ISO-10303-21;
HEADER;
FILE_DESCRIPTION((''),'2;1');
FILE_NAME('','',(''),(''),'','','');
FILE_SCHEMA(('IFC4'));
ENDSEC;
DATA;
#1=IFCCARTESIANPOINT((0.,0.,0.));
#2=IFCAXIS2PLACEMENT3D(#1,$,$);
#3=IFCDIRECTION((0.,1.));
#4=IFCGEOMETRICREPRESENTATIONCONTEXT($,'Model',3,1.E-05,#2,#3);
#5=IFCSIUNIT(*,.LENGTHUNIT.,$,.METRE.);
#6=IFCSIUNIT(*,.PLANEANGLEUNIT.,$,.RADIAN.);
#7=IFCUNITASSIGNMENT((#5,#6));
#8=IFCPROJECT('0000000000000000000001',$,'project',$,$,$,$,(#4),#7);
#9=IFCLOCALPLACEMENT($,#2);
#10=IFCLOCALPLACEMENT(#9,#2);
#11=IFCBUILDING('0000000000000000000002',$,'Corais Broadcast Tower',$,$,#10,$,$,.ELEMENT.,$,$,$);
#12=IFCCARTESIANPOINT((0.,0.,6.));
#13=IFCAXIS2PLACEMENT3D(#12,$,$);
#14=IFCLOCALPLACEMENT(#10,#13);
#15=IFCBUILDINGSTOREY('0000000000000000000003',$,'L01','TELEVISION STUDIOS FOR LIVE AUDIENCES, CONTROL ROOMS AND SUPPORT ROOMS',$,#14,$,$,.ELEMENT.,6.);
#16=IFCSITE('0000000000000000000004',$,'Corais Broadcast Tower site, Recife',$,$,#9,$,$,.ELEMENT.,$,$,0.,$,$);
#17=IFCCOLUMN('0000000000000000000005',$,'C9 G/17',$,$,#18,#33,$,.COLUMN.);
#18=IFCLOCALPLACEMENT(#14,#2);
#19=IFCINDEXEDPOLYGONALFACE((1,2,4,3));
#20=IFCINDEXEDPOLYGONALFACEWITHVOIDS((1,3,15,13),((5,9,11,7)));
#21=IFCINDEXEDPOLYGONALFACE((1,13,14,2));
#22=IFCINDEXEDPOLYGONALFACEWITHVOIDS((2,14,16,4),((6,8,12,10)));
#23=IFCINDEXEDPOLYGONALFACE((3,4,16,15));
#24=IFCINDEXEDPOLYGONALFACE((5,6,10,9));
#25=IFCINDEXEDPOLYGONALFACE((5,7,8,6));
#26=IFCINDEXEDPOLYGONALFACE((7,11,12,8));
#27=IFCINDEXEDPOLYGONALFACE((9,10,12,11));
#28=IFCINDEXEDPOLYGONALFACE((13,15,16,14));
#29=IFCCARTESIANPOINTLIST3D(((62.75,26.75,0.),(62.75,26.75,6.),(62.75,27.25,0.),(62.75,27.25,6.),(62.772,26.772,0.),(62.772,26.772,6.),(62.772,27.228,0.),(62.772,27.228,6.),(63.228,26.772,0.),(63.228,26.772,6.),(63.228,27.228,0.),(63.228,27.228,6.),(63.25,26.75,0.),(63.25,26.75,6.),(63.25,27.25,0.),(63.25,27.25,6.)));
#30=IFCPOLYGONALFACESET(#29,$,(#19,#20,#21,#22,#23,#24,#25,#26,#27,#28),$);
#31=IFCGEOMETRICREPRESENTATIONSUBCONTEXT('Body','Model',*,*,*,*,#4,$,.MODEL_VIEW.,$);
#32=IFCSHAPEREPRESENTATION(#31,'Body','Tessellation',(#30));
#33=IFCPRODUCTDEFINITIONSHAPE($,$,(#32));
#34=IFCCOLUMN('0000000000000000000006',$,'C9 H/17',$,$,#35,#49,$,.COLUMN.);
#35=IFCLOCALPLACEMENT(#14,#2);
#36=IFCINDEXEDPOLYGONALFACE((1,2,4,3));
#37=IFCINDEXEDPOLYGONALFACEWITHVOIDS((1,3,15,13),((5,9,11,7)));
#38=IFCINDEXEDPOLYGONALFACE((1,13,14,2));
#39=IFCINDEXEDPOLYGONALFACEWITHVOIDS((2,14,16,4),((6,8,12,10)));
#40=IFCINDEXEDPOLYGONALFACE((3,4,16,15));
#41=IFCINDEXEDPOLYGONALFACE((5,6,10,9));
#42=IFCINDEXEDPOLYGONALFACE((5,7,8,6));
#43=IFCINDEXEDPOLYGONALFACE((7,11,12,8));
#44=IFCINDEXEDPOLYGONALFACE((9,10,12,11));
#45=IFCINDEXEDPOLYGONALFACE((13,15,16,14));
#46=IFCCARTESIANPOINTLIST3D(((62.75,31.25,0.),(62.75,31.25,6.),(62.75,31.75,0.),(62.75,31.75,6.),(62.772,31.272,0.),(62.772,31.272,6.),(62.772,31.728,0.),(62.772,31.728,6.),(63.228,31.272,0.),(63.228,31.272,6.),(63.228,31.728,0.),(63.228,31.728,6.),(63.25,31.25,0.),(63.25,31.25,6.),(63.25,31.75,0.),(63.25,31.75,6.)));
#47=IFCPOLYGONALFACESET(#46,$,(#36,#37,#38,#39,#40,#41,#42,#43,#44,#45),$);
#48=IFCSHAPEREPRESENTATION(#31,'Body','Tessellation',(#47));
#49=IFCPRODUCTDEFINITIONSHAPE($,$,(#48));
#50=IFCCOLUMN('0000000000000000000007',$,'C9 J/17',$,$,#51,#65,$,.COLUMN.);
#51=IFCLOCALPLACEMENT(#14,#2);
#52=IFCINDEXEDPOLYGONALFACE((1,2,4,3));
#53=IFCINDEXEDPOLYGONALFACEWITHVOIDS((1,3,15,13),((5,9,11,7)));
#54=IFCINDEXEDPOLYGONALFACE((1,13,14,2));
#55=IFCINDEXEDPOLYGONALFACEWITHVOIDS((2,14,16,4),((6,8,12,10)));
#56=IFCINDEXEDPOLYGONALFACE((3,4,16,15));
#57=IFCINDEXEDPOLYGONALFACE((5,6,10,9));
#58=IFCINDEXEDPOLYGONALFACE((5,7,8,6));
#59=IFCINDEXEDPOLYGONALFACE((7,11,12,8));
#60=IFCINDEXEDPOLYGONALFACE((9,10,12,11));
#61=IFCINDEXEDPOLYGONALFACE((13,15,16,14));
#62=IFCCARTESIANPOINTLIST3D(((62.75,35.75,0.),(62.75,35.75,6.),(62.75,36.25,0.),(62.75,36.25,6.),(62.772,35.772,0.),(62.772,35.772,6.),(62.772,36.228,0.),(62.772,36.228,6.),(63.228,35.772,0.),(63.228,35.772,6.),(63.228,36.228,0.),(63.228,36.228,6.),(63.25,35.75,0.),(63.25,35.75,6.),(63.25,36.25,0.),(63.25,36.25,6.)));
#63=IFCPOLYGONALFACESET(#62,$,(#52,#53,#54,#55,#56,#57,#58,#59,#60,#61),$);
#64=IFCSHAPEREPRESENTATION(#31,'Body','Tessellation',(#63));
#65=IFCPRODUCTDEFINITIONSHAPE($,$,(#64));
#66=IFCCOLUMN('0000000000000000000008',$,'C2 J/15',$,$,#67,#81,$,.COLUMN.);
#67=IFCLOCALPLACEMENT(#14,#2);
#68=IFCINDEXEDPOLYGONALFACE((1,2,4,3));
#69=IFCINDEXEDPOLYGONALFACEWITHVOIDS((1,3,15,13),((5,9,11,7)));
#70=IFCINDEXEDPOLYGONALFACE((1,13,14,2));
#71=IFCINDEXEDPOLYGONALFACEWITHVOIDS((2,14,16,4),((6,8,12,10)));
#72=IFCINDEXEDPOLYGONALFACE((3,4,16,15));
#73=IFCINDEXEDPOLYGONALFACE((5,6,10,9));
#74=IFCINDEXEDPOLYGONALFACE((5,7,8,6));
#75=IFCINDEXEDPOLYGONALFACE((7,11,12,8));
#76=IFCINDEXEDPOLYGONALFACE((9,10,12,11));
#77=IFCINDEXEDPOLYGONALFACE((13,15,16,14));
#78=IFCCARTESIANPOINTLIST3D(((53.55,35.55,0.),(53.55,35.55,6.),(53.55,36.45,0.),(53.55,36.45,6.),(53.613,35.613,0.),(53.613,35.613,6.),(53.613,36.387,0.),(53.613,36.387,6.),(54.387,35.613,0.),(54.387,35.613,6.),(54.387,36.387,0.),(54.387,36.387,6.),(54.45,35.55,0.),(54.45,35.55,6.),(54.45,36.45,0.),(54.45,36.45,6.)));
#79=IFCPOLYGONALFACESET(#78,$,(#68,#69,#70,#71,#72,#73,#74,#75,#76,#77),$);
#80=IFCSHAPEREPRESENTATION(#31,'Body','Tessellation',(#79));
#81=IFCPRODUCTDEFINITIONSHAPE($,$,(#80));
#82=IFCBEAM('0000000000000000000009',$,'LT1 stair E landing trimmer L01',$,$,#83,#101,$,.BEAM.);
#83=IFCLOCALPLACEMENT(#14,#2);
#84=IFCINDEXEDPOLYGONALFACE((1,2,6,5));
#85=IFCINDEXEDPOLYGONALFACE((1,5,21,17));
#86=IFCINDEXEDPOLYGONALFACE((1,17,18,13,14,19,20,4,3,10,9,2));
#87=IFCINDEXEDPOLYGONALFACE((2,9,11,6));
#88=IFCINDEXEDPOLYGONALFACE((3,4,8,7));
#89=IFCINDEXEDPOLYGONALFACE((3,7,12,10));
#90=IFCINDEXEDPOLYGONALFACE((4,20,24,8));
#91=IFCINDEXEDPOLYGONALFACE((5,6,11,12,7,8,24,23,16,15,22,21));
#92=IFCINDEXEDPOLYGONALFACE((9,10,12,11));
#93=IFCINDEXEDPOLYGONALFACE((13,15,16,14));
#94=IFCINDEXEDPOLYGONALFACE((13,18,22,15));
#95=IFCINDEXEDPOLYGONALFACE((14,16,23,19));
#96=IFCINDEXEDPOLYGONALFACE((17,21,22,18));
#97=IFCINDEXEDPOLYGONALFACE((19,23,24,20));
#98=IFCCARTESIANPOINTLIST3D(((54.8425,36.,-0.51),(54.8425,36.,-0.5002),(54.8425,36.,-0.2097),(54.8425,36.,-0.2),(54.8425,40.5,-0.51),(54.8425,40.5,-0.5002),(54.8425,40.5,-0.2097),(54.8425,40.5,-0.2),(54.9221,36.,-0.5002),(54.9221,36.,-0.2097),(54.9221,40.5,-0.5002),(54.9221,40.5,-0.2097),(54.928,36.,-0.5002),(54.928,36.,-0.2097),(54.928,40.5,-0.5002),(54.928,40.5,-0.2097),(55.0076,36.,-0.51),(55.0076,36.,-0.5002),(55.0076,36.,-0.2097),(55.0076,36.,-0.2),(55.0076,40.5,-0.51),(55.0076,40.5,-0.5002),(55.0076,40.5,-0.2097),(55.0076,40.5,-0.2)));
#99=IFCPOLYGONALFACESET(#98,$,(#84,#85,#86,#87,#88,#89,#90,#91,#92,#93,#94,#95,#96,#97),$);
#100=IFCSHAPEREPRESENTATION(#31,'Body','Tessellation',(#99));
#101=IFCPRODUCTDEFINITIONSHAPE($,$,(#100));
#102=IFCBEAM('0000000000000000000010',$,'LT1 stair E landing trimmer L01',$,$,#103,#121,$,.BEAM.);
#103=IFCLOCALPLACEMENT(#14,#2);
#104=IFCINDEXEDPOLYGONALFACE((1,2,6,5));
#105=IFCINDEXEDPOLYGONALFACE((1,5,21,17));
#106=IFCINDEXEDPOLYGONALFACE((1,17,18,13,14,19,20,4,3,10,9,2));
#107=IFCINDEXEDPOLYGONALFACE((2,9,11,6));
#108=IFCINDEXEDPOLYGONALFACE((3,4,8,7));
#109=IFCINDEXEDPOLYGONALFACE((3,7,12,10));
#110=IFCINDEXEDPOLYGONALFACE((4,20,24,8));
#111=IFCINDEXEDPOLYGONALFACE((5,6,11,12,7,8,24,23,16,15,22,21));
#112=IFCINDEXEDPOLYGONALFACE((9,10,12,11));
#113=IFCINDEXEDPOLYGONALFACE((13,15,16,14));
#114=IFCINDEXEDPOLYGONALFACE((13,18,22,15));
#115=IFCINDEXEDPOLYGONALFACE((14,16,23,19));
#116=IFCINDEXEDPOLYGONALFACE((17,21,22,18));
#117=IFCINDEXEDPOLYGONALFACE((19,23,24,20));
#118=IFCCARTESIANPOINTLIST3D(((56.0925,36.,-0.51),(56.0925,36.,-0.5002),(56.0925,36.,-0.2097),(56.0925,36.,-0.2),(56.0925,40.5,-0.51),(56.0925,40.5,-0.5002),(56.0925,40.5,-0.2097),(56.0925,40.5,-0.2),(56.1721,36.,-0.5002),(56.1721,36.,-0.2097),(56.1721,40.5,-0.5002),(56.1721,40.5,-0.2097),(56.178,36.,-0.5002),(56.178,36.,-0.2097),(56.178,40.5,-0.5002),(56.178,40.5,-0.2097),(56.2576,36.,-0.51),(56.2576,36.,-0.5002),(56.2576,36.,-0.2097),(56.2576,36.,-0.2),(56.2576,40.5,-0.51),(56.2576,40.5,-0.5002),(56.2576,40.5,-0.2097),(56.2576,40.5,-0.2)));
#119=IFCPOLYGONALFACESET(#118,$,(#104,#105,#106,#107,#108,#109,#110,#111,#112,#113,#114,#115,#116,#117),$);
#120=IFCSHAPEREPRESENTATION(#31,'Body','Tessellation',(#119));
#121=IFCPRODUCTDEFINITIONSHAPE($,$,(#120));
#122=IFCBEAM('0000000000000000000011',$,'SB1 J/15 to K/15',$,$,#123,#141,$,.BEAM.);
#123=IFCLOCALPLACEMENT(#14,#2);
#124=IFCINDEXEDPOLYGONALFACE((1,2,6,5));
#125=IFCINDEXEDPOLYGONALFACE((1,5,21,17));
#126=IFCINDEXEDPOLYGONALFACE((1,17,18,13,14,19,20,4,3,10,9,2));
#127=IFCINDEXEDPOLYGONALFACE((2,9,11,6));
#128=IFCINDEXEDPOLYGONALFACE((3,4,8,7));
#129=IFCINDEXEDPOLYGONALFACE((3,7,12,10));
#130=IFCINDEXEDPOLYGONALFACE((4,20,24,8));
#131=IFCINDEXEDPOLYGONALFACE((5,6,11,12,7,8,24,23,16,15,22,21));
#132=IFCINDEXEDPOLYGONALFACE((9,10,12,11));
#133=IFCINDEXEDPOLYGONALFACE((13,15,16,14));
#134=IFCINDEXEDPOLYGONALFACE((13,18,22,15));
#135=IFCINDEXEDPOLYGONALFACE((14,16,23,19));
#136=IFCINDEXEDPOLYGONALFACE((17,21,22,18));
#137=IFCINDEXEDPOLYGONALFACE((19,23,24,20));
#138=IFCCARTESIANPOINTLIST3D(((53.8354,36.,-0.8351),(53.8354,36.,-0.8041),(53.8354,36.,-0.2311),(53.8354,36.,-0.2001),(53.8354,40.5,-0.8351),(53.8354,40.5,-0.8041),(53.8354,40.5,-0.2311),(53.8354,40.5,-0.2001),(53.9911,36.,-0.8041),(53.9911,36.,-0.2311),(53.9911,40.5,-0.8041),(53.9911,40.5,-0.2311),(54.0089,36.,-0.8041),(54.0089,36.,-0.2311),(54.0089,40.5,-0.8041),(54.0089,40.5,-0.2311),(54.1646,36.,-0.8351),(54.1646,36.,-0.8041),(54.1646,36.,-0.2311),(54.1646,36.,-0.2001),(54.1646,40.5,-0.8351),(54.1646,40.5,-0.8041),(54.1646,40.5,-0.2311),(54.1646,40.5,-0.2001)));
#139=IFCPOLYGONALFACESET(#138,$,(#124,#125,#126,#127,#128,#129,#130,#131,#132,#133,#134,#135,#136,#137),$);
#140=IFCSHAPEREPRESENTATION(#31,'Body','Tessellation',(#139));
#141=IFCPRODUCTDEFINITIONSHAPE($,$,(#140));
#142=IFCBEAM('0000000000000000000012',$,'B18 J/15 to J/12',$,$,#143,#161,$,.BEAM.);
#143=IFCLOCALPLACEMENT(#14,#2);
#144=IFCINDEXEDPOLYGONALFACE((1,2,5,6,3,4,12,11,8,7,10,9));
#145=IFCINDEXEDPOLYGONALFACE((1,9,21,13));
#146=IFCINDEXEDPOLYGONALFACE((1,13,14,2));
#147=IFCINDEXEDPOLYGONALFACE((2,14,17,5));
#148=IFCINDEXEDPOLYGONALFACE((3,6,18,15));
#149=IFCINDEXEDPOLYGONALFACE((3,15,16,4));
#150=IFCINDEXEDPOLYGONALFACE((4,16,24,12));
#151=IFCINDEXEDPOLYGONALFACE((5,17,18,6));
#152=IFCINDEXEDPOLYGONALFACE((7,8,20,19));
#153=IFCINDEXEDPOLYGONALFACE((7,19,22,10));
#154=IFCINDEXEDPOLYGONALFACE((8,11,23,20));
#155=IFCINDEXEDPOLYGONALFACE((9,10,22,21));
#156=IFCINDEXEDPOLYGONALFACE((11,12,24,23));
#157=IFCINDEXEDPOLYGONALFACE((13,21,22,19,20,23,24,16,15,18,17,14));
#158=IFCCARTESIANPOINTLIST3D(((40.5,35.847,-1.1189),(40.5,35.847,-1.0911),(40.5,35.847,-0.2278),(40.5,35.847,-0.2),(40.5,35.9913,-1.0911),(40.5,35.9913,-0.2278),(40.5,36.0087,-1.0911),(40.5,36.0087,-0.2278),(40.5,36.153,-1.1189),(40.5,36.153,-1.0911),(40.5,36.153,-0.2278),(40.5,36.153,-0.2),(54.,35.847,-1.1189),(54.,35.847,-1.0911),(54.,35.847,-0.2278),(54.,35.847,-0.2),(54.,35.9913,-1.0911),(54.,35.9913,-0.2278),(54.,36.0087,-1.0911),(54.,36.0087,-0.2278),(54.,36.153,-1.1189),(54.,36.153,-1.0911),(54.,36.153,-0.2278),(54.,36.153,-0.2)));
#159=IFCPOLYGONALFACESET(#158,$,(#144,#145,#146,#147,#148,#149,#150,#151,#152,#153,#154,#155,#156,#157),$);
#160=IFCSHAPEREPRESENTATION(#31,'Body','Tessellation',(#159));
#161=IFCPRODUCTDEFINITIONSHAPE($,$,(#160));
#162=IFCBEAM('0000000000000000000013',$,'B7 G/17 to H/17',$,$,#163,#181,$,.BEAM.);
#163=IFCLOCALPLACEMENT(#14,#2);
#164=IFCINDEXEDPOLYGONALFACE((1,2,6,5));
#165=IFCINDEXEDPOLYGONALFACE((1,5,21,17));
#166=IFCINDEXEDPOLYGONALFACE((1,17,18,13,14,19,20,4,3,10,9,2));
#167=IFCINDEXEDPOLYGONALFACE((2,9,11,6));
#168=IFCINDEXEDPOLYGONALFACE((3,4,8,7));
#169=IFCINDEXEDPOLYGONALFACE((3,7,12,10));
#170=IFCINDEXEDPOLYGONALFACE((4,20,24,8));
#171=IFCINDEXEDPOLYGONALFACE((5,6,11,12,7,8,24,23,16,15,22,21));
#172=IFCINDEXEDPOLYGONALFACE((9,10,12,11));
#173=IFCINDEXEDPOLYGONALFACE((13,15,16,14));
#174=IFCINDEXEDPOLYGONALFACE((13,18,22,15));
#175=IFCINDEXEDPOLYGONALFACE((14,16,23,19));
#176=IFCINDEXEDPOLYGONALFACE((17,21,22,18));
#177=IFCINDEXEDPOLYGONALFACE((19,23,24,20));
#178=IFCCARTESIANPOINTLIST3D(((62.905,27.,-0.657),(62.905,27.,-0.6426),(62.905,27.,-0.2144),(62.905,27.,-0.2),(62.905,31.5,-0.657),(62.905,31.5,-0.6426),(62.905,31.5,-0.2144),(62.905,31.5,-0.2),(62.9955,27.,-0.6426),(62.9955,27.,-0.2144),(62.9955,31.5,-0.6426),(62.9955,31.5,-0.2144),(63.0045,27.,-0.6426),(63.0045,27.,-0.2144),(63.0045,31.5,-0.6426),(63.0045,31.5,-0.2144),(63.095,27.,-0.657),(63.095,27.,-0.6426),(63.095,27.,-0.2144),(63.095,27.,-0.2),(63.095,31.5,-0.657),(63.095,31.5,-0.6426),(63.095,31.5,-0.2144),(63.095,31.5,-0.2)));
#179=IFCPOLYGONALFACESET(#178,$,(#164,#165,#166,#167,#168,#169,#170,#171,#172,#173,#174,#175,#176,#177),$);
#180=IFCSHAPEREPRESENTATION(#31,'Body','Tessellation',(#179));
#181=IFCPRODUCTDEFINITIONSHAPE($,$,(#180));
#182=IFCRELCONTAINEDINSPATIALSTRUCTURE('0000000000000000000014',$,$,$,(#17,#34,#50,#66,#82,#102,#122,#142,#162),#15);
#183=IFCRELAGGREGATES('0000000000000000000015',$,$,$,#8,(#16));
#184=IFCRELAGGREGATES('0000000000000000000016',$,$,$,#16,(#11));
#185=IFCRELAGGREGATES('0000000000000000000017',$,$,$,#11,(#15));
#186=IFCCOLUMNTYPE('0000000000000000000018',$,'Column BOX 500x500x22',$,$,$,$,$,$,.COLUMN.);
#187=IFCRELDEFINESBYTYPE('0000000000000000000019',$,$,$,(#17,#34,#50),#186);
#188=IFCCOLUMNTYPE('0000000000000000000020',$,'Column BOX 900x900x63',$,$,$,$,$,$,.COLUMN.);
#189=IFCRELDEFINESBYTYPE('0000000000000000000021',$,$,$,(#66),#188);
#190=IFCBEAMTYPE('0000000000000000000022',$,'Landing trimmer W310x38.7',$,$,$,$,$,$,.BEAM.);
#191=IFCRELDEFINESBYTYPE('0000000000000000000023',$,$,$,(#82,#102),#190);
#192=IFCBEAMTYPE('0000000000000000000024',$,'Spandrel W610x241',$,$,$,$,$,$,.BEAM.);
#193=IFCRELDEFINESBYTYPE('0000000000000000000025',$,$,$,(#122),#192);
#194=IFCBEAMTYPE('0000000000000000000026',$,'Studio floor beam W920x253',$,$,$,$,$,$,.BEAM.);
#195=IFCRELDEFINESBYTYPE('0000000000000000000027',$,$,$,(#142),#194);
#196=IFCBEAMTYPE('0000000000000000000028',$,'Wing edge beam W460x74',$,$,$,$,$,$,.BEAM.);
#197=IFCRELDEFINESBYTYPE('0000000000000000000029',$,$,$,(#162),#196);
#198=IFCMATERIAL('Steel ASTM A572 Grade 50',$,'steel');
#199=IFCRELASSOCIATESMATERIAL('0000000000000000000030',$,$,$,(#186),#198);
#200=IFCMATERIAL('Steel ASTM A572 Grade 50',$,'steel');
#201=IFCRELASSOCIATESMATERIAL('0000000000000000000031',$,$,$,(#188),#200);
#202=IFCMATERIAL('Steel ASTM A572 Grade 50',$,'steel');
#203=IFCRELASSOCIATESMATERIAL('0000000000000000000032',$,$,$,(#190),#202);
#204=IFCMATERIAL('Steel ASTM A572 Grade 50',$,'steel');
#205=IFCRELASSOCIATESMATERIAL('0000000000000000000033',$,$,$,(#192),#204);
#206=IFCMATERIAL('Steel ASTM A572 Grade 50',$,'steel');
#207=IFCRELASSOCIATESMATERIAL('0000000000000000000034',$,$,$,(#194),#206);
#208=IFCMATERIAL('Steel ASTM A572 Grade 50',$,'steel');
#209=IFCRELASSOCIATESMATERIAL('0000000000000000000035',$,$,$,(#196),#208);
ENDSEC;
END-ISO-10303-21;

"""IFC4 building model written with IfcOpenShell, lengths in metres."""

from ifc_helpers import new_model, si_unit, direction, frame, origin, origin_2d, place, context, subcontext, project, spatial, hollow_rectangle, i_section, extrude, material, material_profile, profile_set, type_object, element, save


model = new_model("IFC4")

# Units and contexts
model_context = context("Model", 3, precision=1e-05, world=origin(), true_north=direction((0.0, 1.0)))
body_context = subcontext(model_context, "Body", "Model", "MODEL_VIEW")
ifc_project = project(units=[si_unit("LENGTHUNIT", "METRE"), si_unit("PLANEANGLEUNIT", "RADIAN")], contexts=[model_context])

# Site, building, storey
site_placement = place(None, origin())
site = spatial("IfcSite", under=ifc_project, at=site_placement, Name="Corais Broadcast Tower site, Recife", CompositionType="ELEMENT", RefElevation=0.0)
building_placement = place(site_placement, origin())
building = spatial("IfcBuilding", under=site, at=building_placement, Name="Corais Broadcast Tower", CompositionType="ELEMENT")
storey_placement = place(building_placement, frame((0.0, 0.0, 6.0)))
storey = spatial("IfcBuildingStorey", under=building, at=storey_placement, Name="L01", Description="TELEVISION STUDIOS FOR LIVE AUDIENCES, CONTROL ROOMS AND SUPPORT ROOMS", CompositionType="ELEMENT", Elevation=6.0)

# Columns
ifc_material_1 = material(Name="Steel ASTM A572 Grade 50", Category="steel")
ifc_material_profile_1 = material_profile(ifc_material_1, hollow_rectangle(XDim=0.5, YDim=0.5, WallThickness=0.022, at=origin_2d()), Name="BOX 500x500x22")
ifc_profile_set_1 = profile_set([ifc_material_profile_1], Name="Steel ASTM A572 Grade 50")
column_type_1 = type_object("IfcColumnType", Name="Column BOX 500x500x22", PredefinedType="COLUMN", material=ifc_profile_set_1)
for number, where, z_axis, x_axis, name in (
    (1, (63.0, 27.0, 0.0), (0.0, 0.0, 1.0), (1.0, 0.0, 0.0), "C9 G/17"),
    (2, (63.0, 31.5, 0.0), (0.0, 0.0, 1.0), (1.0, 0.0, 0.0), "C9 H/17"),
    (3, (63.0, 36.0, 0.0), (0.0, 0.0, 1.0), (1.0, 0.0, 0.0), "C9 J/17"),
):
    element("IfcColumn", number, at=place(storey_placement, frame(where, z_axis=z_axis, x_axis=x_axis)), inside=storey, type_object=column_type_1, Name=name, PredefinedType="COLUMN", context=body_context, shape_type="SweptSolid", body=[
        extrude(hollow_rectangle(XDim=0.5, YDim=0.5, WallThickness=0.022, at=origin_2d()), origin(), (0.0, 0.0, 1.0), 6.0),
    ])
ifc_material_2 = material(Name="Steel ASTM A572 Grade 50", Category="steel")
ifc_material_profile_2 = material_profile(ifc_material_2, hollow_rectangle(XDim=0.8999, YDim=0.8999, WallThickness=0.063, at=origin_2d()), Name="BOX 900x900x63")
ifc_profile_set_2 = profile_set([ifc_material_profile_2], Name="Steel ASTM A572 Grade 50")
column_type_2 = type_object("IfcColumnType", Name="Column BOX 900x900x63", PredefinedType="COLUMN", material=ifc_profile_set_2)
column_placement = place(storey_placement, frame((54.0, 36.0, 0.0), z_axis=(0.0, 0.0, 1.0), x_axis=(1.0, 0.0, 0.0)))
element("IfcColumn", 4, at=column_placement, inside=storey, type_object=column_type_2, Name="C2 J/15", PredefinedType="COLUMN", context=body_context, shape_type="SweptSolid", body=[
    extrude(hollow_rectangle(XDim=0.8999, YDim=0.8999, WallThickness=0.063, at=origin_2d()), origin(), (0.0, 0.0, 1.0), 6.0),
])

# Beams
ifc_material_3 = material(Name="Steel ASTM A572 Grade 50", Category="steel")
ifc_material_profile_3 = material_profile(ifc_material_3, i_section(OverallWidth=0.165, OverallDepth=0.3101, WebThickness=0.0059, FlangeThickness=0.0098, at=origin_2d()), Name="W310x38.7")
ifc_profile_set_3 = profile_set([ifc_material_profile_3], Name="Steel ASTM A572 Grade 50")
beam_type_1 = type_object("IfcBeamType", Name="Landing trimmer W310x38.7", PredefinedType="BEAM", material=ifc_profile_set_3)
for number, where, z_axis, x_axis, name in (
    (5, (54.925, 36.0, -0.355), (0.0, 1.0, 0.0), (-1.0, 0.0, 0.0), "LT1 stair E landing trimmer L01"),
    (6, (56.175, 36.0, -0.355), (0.0, 1.0, 0.0), (-1.0, 0.0, 0.0), "LT1 stair E landing trimmer L01"),
):
    element("IfcBeam", number, at=place(storey_placement, frame(where, z_axis=z_axis, x_axis=x_axis)), inside=storey, type_object=beam_type_1, Name=name, PredefinedType="BEAM", context=body_context, shape_type="SweptSolid", body=[
        extrude(i_section(OverallWidth=0.165, OverallDepth=0.3101, WebThickness=0.0059, FlangeThickness=0.0098, at=origin_2d()), origin(), (0.0, 0.0, 1.0), 4.5),
    ])
ifc_material_4 = material(Name="Steel ASTM A572 Grade 50", Category="steel")
ifc_material_profile_4 = material_profile(ifc_material_4, i_section(OverallWidth=0.3291, OverallDepth=0.635, WebThickness=0.0178, FlangeThickness=0.031, at=origin_2d()), Name="W610x241")
ifc_profile_set_4 = profile_set([ifc_material_profile_4], Name="Steel ASTM A572 Grade 50")
beam_type_2 = type_object("IfcBeamType", Name="Spandrel W610x241", PredefinedType="BEAM", material=ifc_profile_set_4)
beam_1_placement = place(storey_placement, frame((54.0, 36.0, -0.5176), z_axis=(0.0, 1.0, 0.0), x_axis=(-1.0, 0.0, 0.0)))
element("IfcBeam", 7, at=beam_1_placement, inside=storey, type_object=beam_type_2, Name="SB1 J/15 to K/15", PredefinedType="BEAM", context=body_context, shape_type="SweptSolid", body=[
    extrude(i_section(OverallWidth=0.3291, OverallDepth=0.635, WebThickness=0.0178, FlangeThickness=0.031, at=origin_2d()), origin(), (0.0, 0.0, 1.0), 4.5),
])
ifc_material_5 = material(Name="Steel ASTM A572 Grade 50", Category="steel")
ifc_material_profile_5 = material_profile(ifc_material_5, i_section(OverallWidth=0.3059, OverallDepth=0.9189, WebThickness=0.0173, FlangeThickness=0.0278, at=origin_2d()), Name="W920x253")
ifc_profile_set_5 = profile_set([ifc_material_profile_5], Name="Steel ASTM A572 Grade 50")
beam_type_3 = type_object("IfcBeamType", Name="Studio floor beam W920x253", PredefinedType="BEAM", material=ifc_profile_set_5)
beam_2_placement = place(storey_placement, frame((54.0, 36.0, -0.6594), z_axis=(-1.0, 0.0, 0.0), x_axis=(0.0, -1.0, 0.0)))
element("IfcBeam", 8, at=beam_2_placement, inside=storey, type_object=beam_type_3, Name="B18 J/15 to J/12", PredefinedType="BEAM", context=body_context, shape_type="SweptSolid", body=[
    extrude(i_section(OverallWidth=0.3059, OverallDepth=0.9189, WebThickness=0.0173, FlangeThickness=0.0278, at=origin_2d()), origin(), (0.0, 0.0, 1.0), 13.5),
])
ifc_material_6 = material(Name="Steel ASTM A572 Grade 50", Category="steel")
ifc_material_profile_6 = material_profile(ifc_material_6, i_section(OverallWidth=0.1899, OverallDepth=0.457, WebThickness=0.009, FlangeThickness=0.0144, at=origin_2d()), Name="W460x74")
ifc_profile_set_6 = profile_set([ifc_material_profile_6], Name="Steel ASTM A572 Grade 50")
beam_type_4 = type_object("IfcBeamType", Name="Wing edge beam W460x74", PredefinedType="BEAM", material=ifc_profile_set_6)
for number, where, z_axis, x_axis, name in (
    (9, (63.0, 27.0, -0.4285), (0.0, 1.0, 0.0), (-1.0, 0.0, 0.0), "B7 G/17 to H/17"),
):
    element("IfcBeam", number, at=place(storey_placement, frame(where, z_axis=z_axis, x_axis=x_axis)), inside=storey, type_object=beam_type_4, Name=name, PredefinedType="BEAM", context=body_context, shape_type="SweptSolid", body=[
        extrude(i_section(OverallWidth=0.1899, OverallDepth=0.457, WebThickness=0.009, FlangeThickness=0.0144, at=origin_2d()), origin(), (0.0, 0.0, 1.0), 4.5),
    ])

save(model, "model.ifc")
